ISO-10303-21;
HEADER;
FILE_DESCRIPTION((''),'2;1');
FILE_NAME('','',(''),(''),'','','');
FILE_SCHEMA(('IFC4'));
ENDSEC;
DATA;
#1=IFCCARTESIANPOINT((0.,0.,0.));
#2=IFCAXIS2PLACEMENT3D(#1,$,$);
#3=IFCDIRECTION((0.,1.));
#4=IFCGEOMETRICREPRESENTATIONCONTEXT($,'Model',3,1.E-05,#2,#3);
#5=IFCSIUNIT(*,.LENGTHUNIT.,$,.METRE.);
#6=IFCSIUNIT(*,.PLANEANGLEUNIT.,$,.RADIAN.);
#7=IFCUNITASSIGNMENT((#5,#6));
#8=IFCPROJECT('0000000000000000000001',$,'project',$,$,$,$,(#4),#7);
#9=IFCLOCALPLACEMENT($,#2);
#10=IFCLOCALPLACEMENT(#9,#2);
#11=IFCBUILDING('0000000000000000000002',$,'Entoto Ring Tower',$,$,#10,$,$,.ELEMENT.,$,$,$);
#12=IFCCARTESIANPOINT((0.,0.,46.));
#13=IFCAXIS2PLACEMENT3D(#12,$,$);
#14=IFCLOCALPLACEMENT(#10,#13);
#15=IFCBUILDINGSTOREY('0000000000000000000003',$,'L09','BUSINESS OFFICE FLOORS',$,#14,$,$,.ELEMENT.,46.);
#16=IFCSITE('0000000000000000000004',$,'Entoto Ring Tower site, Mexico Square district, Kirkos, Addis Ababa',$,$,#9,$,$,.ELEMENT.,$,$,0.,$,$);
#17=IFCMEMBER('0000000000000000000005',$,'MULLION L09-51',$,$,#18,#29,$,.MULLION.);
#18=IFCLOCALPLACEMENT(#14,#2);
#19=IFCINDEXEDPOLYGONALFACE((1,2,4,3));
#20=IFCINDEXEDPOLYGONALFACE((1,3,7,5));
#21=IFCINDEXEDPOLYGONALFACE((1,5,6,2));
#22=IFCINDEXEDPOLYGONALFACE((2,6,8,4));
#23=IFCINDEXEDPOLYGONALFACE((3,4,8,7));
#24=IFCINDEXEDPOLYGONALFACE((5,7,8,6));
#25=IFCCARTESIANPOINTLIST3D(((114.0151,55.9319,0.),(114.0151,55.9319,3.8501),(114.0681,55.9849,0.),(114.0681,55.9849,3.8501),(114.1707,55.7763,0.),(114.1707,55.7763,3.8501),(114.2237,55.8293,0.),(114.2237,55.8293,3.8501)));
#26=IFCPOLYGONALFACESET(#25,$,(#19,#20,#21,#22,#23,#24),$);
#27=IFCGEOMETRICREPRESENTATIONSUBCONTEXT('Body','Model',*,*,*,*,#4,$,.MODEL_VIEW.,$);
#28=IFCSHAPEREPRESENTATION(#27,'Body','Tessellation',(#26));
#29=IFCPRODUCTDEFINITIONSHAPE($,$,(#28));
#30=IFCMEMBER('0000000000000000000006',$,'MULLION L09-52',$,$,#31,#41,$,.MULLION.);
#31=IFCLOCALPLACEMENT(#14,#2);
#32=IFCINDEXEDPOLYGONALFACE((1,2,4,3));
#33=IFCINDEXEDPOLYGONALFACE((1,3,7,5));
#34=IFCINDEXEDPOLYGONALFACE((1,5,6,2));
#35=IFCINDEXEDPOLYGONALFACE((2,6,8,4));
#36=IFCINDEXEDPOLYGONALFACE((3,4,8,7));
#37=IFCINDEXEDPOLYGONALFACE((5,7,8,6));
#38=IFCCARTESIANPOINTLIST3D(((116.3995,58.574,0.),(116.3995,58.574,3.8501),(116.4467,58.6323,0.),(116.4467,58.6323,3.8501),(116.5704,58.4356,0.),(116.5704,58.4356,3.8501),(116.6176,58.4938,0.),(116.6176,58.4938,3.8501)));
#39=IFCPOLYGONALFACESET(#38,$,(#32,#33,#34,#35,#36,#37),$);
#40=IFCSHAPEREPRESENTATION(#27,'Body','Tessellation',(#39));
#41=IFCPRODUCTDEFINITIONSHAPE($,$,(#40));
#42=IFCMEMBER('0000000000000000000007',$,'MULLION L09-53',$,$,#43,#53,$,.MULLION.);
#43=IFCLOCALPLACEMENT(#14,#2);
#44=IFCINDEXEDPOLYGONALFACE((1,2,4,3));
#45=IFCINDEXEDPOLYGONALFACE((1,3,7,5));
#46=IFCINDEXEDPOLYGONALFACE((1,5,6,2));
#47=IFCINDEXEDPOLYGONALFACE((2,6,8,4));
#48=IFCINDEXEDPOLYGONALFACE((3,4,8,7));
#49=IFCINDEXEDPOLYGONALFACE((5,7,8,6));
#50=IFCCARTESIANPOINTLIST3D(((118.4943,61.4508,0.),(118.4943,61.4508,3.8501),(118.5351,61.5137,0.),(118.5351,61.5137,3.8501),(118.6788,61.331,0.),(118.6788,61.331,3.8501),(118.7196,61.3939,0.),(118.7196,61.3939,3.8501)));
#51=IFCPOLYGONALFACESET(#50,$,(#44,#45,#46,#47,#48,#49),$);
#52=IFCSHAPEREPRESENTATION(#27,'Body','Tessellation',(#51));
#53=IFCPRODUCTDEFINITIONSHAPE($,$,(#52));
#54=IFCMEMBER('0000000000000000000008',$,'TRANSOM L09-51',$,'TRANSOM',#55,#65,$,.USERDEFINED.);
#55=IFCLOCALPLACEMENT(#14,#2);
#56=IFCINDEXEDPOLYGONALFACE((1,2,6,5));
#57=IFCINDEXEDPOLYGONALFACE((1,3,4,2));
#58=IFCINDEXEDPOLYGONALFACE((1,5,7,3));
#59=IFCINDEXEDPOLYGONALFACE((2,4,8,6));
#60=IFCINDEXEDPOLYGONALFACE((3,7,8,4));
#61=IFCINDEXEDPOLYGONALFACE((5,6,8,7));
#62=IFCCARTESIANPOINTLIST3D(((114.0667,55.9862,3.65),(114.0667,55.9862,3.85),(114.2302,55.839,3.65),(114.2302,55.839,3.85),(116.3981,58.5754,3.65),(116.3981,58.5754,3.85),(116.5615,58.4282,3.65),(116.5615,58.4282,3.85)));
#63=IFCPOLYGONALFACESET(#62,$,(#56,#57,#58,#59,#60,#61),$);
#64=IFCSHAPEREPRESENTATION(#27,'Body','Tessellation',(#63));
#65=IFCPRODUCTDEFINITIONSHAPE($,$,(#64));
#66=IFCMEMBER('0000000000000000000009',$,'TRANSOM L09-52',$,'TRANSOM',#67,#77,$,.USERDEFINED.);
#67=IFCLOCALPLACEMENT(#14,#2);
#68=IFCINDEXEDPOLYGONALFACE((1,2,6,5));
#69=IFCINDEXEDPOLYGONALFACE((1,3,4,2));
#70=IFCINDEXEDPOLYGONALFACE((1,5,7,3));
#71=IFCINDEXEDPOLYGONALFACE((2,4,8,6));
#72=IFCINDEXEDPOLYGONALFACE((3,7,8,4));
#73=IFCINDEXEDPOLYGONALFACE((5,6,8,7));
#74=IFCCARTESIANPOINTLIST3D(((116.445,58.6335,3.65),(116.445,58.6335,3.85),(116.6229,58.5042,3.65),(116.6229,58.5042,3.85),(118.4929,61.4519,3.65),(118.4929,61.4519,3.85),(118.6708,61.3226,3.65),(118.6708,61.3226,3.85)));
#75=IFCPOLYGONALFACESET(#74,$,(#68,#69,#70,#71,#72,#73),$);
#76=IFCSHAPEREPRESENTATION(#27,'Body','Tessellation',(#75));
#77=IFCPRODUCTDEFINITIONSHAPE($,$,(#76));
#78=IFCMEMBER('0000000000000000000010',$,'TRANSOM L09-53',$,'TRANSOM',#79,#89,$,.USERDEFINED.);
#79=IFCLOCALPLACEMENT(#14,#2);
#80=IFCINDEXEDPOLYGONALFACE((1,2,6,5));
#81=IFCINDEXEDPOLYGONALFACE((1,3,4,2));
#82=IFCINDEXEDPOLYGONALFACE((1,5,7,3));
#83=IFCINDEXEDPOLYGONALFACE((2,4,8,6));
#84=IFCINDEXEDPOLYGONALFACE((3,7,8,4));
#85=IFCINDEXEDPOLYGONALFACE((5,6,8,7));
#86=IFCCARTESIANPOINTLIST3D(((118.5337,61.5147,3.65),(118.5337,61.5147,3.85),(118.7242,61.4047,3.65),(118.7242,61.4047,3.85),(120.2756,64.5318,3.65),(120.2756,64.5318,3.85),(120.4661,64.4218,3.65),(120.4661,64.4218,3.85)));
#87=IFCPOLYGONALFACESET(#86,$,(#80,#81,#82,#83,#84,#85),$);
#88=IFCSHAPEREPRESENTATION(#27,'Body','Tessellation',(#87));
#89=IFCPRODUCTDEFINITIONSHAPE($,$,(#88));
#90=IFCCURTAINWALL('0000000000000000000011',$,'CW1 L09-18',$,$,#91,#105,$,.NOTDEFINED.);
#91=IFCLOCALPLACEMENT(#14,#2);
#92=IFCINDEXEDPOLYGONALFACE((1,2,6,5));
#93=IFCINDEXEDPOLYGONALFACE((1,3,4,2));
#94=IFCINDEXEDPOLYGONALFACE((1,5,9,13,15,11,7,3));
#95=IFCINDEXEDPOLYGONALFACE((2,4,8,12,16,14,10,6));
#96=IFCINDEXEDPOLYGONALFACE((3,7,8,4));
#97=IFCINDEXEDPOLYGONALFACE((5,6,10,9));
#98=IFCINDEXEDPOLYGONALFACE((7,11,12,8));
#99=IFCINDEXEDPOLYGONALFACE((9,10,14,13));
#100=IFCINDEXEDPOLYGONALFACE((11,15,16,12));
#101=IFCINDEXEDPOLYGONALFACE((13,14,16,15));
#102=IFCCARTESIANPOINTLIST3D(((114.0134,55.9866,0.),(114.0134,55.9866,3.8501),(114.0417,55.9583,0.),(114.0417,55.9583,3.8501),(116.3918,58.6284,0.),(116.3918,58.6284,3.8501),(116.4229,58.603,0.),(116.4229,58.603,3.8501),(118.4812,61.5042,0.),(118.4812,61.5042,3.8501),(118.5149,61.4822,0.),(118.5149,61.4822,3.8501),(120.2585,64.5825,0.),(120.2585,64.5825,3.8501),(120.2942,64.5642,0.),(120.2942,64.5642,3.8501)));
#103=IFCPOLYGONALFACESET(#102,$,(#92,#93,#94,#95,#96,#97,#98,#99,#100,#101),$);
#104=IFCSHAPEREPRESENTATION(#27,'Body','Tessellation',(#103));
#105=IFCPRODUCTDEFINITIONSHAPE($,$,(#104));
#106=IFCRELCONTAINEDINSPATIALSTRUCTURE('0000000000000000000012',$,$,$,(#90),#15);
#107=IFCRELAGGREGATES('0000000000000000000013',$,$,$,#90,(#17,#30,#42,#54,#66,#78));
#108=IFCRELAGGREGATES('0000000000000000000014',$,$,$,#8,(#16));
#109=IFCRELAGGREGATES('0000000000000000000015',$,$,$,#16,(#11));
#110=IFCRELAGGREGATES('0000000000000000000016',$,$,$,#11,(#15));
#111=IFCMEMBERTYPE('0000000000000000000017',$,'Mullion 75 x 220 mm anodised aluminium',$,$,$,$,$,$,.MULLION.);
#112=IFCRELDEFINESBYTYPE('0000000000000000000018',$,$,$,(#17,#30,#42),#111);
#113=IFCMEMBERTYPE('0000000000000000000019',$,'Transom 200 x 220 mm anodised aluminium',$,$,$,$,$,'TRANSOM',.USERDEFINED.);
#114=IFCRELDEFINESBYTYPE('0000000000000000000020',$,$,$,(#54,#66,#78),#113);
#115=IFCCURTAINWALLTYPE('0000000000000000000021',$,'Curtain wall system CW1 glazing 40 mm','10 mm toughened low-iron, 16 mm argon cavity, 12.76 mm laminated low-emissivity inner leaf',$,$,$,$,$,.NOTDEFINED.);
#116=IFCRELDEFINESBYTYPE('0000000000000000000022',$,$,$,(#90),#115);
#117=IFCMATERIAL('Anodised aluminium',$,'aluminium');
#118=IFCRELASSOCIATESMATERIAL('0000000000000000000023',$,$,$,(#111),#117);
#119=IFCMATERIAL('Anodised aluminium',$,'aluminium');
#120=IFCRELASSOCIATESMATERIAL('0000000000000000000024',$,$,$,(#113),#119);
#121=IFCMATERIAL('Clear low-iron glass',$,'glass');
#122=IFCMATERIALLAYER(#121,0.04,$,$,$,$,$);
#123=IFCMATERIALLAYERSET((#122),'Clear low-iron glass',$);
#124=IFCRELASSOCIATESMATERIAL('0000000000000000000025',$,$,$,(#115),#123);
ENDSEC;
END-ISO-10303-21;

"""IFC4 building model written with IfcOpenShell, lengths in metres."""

from ifc_helpers import new_model, si_unit, direction, frame, origin, origin_2d, place, context, subcontext, project, spatial, polyline, rectangle, outline, extrude, material, layer, layer_set, material_profile, profile_set, type_object, element, aggregate, save


model = new_model("IFC4")

# Units and contexts
model_context = context("Model", 3, precision=1e-05, world=origin(), true_north=direction((0.0, 1.0)))
body_context = subcontext(model_context, "Body", "Model", "MODEL_VIEW")
ifc_project = project(units=[si_unit("LENGTHUNIT", "METRE"), si_unit("PLANEANGLEUNIT", "RADIAN")], contexts=[model_context])

# Members
ifc_material_1 = material(Name="Anodised aluminium", Category="aluminium")
ifc_material_profile_1 = material_profile(ifc_material_1, rectangle(XDim=0.075, YDim=0.22, at=origin_2d()), Name="Mullion 75 x 220 mm anodised aluminium")
ifc_profile_set_1 = profile_set([ifc_material_profile_1], Name="Anodised aluminium")
member_type_1 = type_object("IfcMemberType", Name="Mullion 75 x 220 mm anodised aluminium", PredefinedType="MULLION", material=ifc_profile_set_1)
site_placement = place(None, origin())
building_placement = place(site_placement, origin())
storey_placement = place(building_placement, frame((0.0, 0.0, 46.0)))
member_1_placement = place(storey_placement, frame((114.1194, 55.8806, 0.0), z_axis=(0.0, 0.0, 1.0), x_axis=(0.707107, 0.707107, 0.0)))
member_1 = element("IfcMember", 1, at=member_1_placement, type_object=member_type_1, Name="MULLION L09-51", PredefinedType="MULLION", context=body_context, shape_type="SweptSolid", body=[
    extrude(rectangle(XDim=0.075, YDim=0.22, at=origin_2d()), origin(), (0.0, 0.0, 1.0), 3.8501),
])
member_2_placement = place(storey_placement, frame((116.5085, 58.5339, 0.0), z_axis=(0.0, 0.0, 1.0), x_axis=(0.62932, 0.777146, 0.0)))
member_2 = element("IfcMember", 2, at=member_2_placement, type_object=member_type_1, Name="MULLION L09-52", PredefinedType="MULLION", context=body_context, shape_type="SweptSolid", body=[
    extrude(rectangle(XDim=0.075, YDim=0.22, at=origin_2d()), origin(), (0.0, 0.0, 1.0), 3.8501),
])
member_3_placement = place(storey_placement, frame((118.6069, 61.4224, 0.0), z_axis=(0.0, 0.0, 1.0), x_axis=(0.544639, 0.838671, 0.0)))
member_3 = element("IfcMember", 3, at=member_3_placement, type_object=member_type_1, Name="MULLION L09-53", PredefinedType="MULLION", context=body_context, shape_type="SweptSolid", body=[
    extrude(rectangle(XDim=0.075, YDim=0.22, at=origin_2d()), origin(), (0.0, 0.0, 1.0), 3.8501),
])
ifc_material_2 = material(Name="Anodised aluminium", Category="aluminium")
ifc_material_profile_2 = material_profile(ifc_material_2, rectangle(XDim=0.22, YDim=0.2, at=origin_2d()), Name="Transom 200 x 220 mm anodised aluminium")
ifc_profile_set_2 = profile_set([ifc_material_profile_2], Name="Anodised aluminium")
member_type_2 = type_object("IfcMemberType", Name="Transom 200 x 220 mm anodised aluminium", ElementType="TRANSOM", PredefinedType="USERDEFINED", material=ifc_profile_set_2)
member_4_placement = place(storey_placement, frame((114.1484, 55.9126, 3.75), z_axis=(0.669139, 0.743137, 0.0), x_axis=(-0.743137, 0.669139, 0.0)))
member_4 = element("IfcMember", 4, at=member_4_placement, type_object=member_type_2, Name="TRANSOM L09-51", ObjectType="TRANSOM", PredefinedType="USERDEFINED", context=body_context, shape_type="SweptSolid", body=[
    extrude(rectangle(XDim=0.22, YDim=0.2, at=origin_2d()), origin(), (0.0, 0.0, 1.0), 3.4841),
])
member_5_placement = place(storey_placement, frame((116.5339, 58.5688, 3.75), z_axis=(0.587822, 0.808991, 0.0), x_axis=(-0.808991, 0.587822, 0.0)))
member_5 = element("IfcMember", 5, at=member_5_placement, type_object=member_type_2, Name="TRANSOM L09-52", ObjectType="TRANSOM", PredefinedType="USERDEFINED", context=body_context, shape_type="SweptSolid", body=[
    extrude(rectangle(XDim=0.22, YDim=0.2, at=origin_2d()), origin(), (0.0, 0.0, 1.0), 3.4839),
])
member_6_placement = place(storey_placement, frame((118.6289, 61.4597, 3.75), z_axis=(0.500006, 0.866022, 0.0), x_axis=(-0.866022, 0.500006, 0.0)))
member_6 = element("IfcMember", 6, at=member_6_placement, type_object=member_type_2, Name="TRANSOM L09-53", ObjectType="TRANSOM", PredefinedType="USERDEFINED", context=body_context, shape_type="SweptSolid", body=[
    extrude(rectangle(XDim=0.22, YDim=0.2, at=origin_2d()), origin(), (0.0, 0.0, 1.0), 3.4839),
])

# Site, building, storey
site = spatial("IfcSite", under=ifc_project, at=site_placement, Name="Entoto Ring Tower site, Mexico Square district, Kirkos, Addis Ababa", CompositionType="ELEMENT", RefElevation=0.0)
building = spatial("IfcBuilding", under=site, at=building_placement, Name="Entoto Ring Tower", CompositionType="ELEMENT")
storey = spatial("IfcBuildingStorey", under=building, at=storey_placement, Name="L09", Description="BUSINESS OFFICE FLOORS", CompositionType="ELEMENT", Elevation=46.0)

# Curtain wall
ifc_material_3 = material(Name="Clear low-iron glass", Category="glass")
ifc_layer_1 = layer(ifc_material_3, 0.04)
ifc_layer_set_1 = layer_set([ifc_layer_1], Name="Clear low-iron glass")
curtain_wall_type = type_object("IfcCurtainWallType", Name="Curtain wall system CW1 glazing 40 mm", Description="10 mm toughened low-iron, 16 mm argon cavity, 12.76 mm laminated low-emissivity inner leaf", PredefinedType="NOTDEFINED", material=ifc_layer_set_1)
curtain_wall_1_placement = place(storey_placement, origin())
curtain_wall_1 = element("IfcCurtainWall", 7, at=curtain_wall_1_placement, inside=storey, type_object=curtain_wall_type, Name="CW1 L09-18", PredefinedType="NOTDEFINED", context=body_context, shape_type="SweptSolid", body=[
    extrude(outline(polyline([(114.0417, 55.9583), (116.4229, 58.603), (118.5149, 61.4822), (120.2942, 64.5642), (120.2585, 64.5825), (118.4812, 61.5042), (116.3918, 58.6284), (114.0134, 55.9866), (114.0417, 55.9583)])), origin(), (0.0, 0.0, 1.0), 3.8501),
])
aggregate(curtain_wall_1, [member_1, member_2, member_3, member_4, member_5, member_6])

save(model, "model.ifc")
